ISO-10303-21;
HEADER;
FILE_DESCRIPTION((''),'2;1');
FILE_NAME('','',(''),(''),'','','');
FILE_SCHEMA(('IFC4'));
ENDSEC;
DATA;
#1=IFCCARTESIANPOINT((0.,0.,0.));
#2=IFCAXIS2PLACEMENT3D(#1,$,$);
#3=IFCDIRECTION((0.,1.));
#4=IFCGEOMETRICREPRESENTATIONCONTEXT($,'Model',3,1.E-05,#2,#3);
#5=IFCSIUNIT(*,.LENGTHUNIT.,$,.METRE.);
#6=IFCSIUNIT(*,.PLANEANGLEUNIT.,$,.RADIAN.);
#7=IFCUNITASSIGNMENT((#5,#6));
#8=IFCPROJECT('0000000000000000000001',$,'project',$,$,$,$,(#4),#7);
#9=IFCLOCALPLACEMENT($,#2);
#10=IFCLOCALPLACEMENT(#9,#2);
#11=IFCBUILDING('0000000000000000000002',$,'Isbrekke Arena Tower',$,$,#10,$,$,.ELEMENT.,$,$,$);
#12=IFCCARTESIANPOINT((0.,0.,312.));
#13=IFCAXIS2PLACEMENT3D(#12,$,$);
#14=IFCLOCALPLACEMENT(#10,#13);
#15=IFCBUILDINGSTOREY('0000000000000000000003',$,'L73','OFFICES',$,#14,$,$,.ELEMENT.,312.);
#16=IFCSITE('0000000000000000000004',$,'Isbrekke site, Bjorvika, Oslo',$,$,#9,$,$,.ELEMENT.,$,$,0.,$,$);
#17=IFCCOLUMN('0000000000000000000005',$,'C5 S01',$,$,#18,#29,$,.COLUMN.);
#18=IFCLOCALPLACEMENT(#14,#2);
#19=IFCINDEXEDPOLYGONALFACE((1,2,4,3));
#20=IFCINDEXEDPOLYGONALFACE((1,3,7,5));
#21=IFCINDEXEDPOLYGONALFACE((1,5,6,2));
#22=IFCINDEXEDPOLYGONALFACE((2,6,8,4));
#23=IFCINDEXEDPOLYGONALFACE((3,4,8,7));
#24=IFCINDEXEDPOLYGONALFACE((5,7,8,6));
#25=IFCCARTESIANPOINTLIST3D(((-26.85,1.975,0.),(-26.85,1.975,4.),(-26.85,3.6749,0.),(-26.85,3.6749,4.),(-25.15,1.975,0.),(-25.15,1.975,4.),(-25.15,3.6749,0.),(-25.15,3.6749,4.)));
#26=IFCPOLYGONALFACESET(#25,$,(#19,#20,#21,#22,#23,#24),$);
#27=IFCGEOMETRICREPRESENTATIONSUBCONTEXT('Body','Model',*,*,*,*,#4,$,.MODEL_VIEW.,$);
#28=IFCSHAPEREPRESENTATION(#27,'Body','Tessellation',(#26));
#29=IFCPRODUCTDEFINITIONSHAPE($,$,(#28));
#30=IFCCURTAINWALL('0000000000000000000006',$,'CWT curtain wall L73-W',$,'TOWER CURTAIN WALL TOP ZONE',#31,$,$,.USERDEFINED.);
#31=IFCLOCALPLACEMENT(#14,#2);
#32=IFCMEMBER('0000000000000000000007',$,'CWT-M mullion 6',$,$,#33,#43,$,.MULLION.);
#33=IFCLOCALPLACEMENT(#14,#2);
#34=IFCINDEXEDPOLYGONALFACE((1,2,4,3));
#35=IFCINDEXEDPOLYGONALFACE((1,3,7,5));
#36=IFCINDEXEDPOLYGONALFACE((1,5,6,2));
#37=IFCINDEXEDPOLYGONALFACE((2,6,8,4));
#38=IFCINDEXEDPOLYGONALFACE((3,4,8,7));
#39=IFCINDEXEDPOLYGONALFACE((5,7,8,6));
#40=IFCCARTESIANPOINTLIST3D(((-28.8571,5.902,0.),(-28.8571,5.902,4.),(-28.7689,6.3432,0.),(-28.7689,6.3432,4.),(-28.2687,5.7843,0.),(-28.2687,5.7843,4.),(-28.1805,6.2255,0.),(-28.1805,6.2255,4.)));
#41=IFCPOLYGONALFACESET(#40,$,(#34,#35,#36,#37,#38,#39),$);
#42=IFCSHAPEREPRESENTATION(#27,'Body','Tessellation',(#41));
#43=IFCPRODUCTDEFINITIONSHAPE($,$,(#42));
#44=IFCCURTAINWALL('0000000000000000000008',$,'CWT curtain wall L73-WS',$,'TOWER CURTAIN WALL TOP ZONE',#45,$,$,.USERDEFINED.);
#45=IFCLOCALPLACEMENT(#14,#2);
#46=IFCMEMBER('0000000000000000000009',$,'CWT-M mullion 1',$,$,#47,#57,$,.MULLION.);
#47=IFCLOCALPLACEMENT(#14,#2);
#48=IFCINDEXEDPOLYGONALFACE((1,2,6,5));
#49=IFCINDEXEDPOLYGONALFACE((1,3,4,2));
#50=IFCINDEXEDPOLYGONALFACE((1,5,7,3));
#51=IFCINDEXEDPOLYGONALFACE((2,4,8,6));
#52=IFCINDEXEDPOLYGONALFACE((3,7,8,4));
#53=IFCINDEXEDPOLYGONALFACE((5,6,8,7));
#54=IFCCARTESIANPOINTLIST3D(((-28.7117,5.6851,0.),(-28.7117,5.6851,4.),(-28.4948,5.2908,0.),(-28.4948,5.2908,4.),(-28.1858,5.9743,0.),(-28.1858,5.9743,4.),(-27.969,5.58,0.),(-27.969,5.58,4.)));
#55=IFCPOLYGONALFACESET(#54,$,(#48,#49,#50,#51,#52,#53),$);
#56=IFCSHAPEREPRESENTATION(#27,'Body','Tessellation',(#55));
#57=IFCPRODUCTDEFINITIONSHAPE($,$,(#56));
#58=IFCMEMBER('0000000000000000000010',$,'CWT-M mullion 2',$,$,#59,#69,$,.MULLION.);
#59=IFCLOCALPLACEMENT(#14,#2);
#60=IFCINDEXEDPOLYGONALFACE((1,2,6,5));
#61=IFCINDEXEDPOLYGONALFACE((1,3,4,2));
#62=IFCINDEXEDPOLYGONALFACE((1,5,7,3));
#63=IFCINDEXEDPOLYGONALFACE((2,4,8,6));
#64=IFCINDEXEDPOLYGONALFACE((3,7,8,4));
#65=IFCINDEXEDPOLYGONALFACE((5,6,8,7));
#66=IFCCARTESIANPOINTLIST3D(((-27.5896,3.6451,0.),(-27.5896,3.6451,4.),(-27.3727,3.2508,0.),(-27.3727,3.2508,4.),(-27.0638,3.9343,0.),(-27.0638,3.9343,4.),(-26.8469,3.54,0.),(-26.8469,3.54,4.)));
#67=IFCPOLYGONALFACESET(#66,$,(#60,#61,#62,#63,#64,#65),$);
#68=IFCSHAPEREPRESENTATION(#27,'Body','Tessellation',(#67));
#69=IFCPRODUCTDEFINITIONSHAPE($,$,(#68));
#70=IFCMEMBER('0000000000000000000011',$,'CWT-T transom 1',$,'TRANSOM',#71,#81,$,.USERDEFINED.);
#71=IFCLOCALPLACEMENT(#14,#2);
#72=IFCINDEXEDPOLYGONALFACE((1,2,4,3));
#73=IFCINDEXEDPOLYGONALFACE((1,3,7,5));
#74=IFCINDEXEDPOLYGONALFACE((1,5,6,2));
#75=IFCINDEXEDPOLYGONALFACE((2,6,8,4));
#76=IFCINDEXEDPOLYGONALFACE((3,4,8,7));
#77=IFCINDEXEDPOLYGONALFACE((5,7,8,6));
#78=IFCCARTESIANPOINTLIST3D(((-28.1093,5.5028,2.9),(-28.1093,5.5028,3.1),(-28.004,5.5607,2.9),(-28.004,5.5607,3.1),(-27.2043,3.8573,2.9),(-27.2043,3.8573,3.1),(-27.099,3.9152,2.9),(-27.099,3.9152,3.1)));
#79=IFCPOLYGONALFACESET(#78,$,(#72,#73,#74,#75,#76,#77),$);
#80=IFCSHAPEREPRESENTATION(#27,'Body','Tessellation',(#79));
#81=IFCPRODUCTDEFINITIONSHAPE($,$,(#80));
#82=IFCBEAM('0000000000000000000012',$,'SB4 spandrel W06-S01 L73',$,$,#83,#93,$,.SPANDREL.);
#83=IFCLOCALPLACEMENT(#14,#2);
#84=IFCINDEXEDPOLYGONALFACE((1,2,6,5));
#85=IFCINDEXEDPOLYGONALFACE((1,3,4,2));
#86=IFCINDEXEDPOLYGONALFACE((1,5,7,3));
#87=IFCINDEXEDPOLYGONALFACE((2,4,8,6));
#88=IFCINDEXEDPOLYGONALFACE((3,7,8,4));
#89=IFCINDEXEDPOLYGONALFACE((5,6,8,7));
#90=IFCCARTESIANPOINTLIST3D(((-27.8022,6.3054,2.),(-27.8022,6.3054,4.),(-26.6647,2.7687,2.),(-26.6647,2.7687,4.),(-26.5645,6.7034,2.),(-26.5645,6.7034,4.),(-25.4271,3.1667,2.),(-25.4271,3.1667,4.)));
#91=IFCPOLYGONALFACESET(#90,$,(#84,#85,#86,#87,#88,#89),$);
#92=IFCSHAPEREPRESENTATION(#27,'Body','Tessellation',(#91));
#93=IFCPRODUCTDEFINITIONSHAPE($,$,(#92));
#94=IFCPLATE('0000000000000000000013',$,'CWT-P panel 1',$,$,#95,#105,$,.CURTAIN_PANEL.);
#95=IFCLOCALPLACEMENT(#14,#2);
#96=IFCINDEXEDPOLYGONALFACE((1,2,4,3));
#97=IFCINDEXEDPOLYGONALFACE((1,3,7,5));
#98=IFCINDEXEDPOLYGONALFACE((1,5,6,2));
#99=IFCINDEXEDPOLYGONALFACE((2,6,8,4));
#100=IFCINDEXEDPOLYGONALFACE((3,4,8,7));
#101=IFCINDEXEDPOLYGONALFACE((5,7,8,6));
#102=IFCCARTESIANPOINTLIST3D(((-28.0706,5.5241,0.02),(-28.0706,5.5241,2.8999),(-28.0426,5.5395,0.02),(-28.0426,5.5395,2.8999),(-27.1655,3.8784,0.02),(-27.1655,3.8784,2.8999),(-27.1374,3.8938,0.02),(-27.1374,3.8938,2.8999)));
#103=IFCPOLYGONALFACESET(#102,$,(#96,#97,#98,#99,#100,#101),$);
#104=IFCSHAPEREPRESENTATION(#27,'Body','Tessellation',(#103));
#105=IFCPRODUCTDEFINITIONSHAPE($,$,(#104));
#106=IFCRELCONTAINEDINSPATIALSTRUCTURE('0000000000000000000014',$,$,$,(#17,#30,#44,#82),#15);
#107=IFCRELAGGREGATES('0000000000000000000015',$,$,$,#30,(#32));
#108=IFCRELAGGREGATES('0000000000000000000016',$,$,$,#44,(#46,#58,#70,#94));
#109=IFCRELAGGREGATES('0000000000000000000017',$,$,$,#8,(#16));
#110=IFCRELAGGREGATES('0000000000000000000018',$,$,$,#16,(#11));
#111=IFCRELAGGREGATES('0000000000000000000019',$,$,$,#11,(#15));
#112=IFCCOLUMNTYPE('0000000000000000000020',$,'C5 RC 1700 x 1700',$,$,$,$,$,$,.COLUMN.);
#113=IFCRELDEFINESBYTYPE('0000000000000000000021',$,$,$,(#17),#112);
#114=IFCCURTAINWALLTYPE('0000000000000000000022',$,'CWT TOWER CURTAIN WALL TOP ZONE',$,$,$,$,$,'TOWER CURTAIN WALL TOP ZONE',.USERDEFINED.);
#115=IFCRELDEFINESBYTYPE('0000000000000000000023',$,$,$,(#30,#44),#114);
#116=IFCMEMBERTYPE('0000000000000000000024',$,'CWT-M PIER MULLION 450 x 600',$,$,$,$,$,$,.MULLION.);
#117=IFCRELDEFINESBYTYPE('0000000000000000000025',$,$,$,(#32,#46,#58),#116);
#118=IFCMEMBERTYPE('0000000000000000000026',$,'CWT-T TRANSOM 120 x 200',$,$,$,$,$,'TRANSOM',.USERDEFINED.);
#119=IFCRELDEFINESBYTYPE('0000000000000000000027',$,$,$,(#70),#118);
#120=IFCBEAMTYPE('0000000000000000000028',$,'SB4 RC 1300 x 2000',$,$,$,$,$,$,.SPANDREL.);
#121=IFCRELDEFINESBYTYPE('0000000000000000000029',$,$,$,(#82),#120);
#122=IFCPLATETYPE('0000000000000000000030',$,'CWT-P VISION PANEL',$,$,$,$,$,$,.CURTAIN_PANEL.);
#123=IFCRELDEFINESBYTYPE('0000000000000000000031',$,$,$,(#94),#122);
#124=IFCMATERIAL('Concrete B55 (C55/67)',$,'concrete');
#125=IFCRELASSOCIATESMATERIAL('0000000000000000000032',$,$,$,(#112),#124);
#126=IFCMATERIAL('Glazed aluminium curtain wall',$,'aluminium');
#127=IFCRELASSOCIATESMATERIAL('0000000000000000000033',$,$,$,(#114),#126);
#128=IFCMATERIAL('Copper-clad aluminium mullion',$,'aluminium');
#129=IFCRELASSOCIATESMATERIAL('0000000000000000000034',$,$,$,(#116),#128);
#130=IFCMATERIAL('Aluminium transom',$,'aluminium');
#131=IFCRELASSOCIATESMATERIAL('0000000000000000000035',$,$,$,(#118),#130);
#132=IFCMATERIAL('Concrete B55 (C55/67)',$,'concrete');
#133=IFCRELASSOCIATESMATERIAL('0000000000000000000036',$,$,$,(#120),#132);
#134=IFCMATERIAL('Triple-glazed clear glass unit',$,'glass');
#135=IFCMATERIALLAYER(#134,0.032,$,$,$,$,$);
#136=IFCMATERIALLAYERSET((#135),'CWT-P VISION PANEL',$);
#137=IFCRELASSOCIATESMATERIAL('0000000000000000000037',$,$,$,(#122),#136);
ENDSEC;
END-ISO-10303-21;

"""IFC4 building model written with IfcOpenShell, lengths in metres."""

from ifc_helpers import new_model, si_unit, direction, frame, origin, origin_2d, place, context, subcontext, project, spatial, rectangle, extrude, material, layer, layer_set, material_profile, profile_set, type_object, element, aggregate, save


model = new_model("IFC4")

# Units and contexts
model_context = context("Model", 3, precision=1e-05, world=origin(), true_north=direction((0.0, 1.0)))
body_context = subcontext(model_context, "Body", "Model", "MODEL_VIEW")
ifc_project = project(units=[si_unit("LENGTHUNIT", "METRE"), si_unit("PLANEANGLEUNIT", "RADIAN")], contexts=[model_context])

# Site, building, storey
site_placement = place(None, origin())
site = spatial("IfcSite", under=ifc_project, at=site_placement, Name="Isbrekke site, Bjorvika, Oslo", CompositionType="ELEMENT", RefElevation=0.0)
building_placement = place(site_placement, origin())
building = spatial("IfcBuilding", under=site, at=building_placement, Name="Isbrekke Arena Tower", CompositionType="ELEMENT")
storey_placement = place(building_placement, frame((0.0, 0.0, 312.0)))
storey = spatial("IfcBuildingStorey", under=building, at=storey_placement, Name="L73", Description="OFFICES", CompositionType="ELEMENT", Elevation=312.0)

# Column
ifc_material_1 = material(Name="Concrete B55 (C55/67)", Category="concrete")
ifc_material_profile_1 = material_profile(ifc_material_1, rectangle(XDim=1.7, YDim=1.7, at=origin_2d()), Name="RC 1700x1700")
ifc_profile_set_1 = profile_set([ifc_material_profile_1], Name="Concrete B55 (C55/67)")
column_type = type_object("IfcColumnType", Name="C5 RC 1700 x 1700", PredefinedType="COLUMN", material=ifc_profile_set_1)
column_placement = place(storey_placement, frame((-26.0, 2.825, 0.0), z_axis=(0.0, 0.0, 1.0), x_axis=(1.0, 0.0, 0.0)))
element("IfcColumn", 1, at=column_placement, inside=storey, type_object=column_type, Name="C5 S01", PredefinedType="COLUMN", context=body_context, shape_type="SweptSolid", body=[
    extrude(rectangle(XDim=1.7, YDim=1.7, at=origin_2d()), origin(), (0.0, 0.0, 1.0), 4.0),
])

# Curtain wall, member
ifc_material_2 = material(Name="Glazed aluminium curtain wall", Category="aluminium")
curtain_wall_type = type_object("IfcCurtainWallType", Name="CWT TOWER CURTAIN WALL TOP ZONE", ElementType="TOWER CURTAIN WALL TOP ZONE", PredefinedType="USERDEFINED", material=ifc_material_2)
curtain_wall_1_placement = place(storey_placement, origin())
curtain_wall_1 = element("IfcCurtainWall", 2, at=curtain_wall_1_placement, inside=storey, type_object=curtain_wall_type, Name="CWT curtain wall L73-W", ObjectType="TOWER CURTAIN WALL TOP ZONE", PredefinedType="USERDEFINED")
ifc_material_3 = material(Name="Copper-clad aluminium mullion", Category="aluminium")
ifc_material_profile_2 = material_profile(ifc_material_3, rectangle(XDim=0.45, YDim=0.6001, at=origin_2d()), Name="PIER 450X600")
ifc_profile_set_2 = profile_set([ifc_material_profile_2], Name="Copper-clad aluminium mullion")
member_type_1 = type_object("IfcMemberType", Name="CWT-M PIER MULLION 450 x 600", PredefinedType="MULLION", material=ifc_profile_set_2)
member_1_placement = place(storey_placement, frame((-28.5188, 6.0637, 0.0), z_axis=(0.0, 0.0, 1.0), x_axis=(-0.196116, -0.980581, 0.0)))
member_1 = element("IfcMember", 3, at=member_1_placement, type_object=member_type_1, Name="CWT-M mullion 6", PredefinedType="MULLION", context=body_context, shape_type="SweptSolid", body=[
    extrude(rectangle(XDim=0.45, YDim=0.6001, at=origin_2d()), origin(), (0.0, 0.0, 1.0), 4.0),
])
aggregate(curtain_wall_1, [member_1])

# Curtain wall, members
curtain_wall_2_placement = place(storey_placement, origin())
curtain_wall_2 = element("IfcCurtainWall", 4, at=curtain_wall_2_placement, inside=storey, type_object=curtain_wall_type, Name="CWT curtain wall L73-WS", ObjectType="TOWER CURTAIN WALL TOP ZONE", PredefinedType="USERDEFINED")
member_2_placement = place(storey_placement, frame((-28.3403, 5.6326, 0.0), z_axis=(0.0, 0.0, 1.0), x_axis=(0.481919, -0.876216, 0.0)))
member_2 = element("IfcMember", 5, at=member_2_placement, type_object=member_type_1, Name="CWT-M mullion 1", PredefinedType="MULLION", context=body_context, shape_type="SweptSolid", body=[
    extrude(rectangle(XDim=0.45, YDim=0.6001, at=origin_2d()), origin(), (0.0, 0.0, 1.0), 4.0),
])
member_3_placement = place(storey_placement, frame((-27.2183, 3.5925, 0.0), z_axis=(0.0, 0.0, 1.0), x_axis=(0.481919, -0.876216, 0.0)))
member_3 = element("IfcMember", 6, at=member_3_placement, type_object=member_type_1, Name="CWT-M mullion 2", PredefinedType="MULLION", context=body_context, shape_type="SweptSolid", body=[
    extrude(rectangle(XDim=0.45, YDim=0.6001, at=origin_2d()), origin(), (0.0, 0.0, 1.0), 4.0),
])
ifc_material_4 = material(Name="Aluminium transom", Category="aluminium")
ifc_material_profile_3 = material_profile(ifc_material_4, rectangle(XDim=0.1201, YDim=0.2, at=origin_2d()), Name="TRANSOM 120X200")
ifc_profile_set_3 = profile_set([ifc_material_profile_3], Name="Aluminium transom")
member_type_2 = type_object("IfcMemberType", Name="CWT-T TRANSOM 120 x 200", ElementType="TRANSOM", PredefinedType="USERDEFINED", material=ifc_profile_set_3)
member_4_placement = place(storey_placement, frame((-28.0566, 5.5317, 3.0), z_axis=(0.481919, -0.876216, 0.0), x_axis=(0.876216, 0.481919, 0.0)))
member_4 = element("IfcMember", 7, at=member_4_placement, type_object=member_type_2, Name="CWT-T transom 1", ObjectType="TRANSOM", PredefinedType="USERDEFINED", context=body_context, shape_type="SweptSolid", body=[
    extrude(rectangle(XDim=0.1201, YDim=0.2, at=origin_2d()), origin(), (0.0, 0.0, 1.0), 1.8779),
])

# Beam
ifc_material_5 = material(Name="Concrete B55 (C55/67)", Category="concrete")
ifc_material_profile_4 = material_profile(ifc_material_5, rectangle(XDim=1.3, YDim=2.0, at=origin_2d()), Name="RC 1300x2000")
ifc_profile_set_4 = profile_set([ifc_material_profile_4], Name="Concrete B55 (C55/67)")
beam_type = type_object("IfcBeamType", Name="SB4 RC 1300 x 2000", PredefinedType="SPANDREL", material=ifc_profile_set_4)
beam_placement = place(storey_placement, frame((-27.1833, 6.5044, 3.0), z_axis=(0.306175, -0.951975, 0.0), x_axis=(0.951975, 0.306175, 0.0)))
element("IfcBeam", 8, at=beam_placement, inside=storey, type_object=beam_type, Name="SB4 spandrel W06-S01 L73", PredefinedType="SPANDREL", context=body_context, shape_type="SweptSolid", body=[
    extrude(rectangle(XDim=1.3, YDim=2.0, at=origin_2d()), origin(), (0.0, 0.0, 1.0), 3.7151),
])

# Plate
ifc_material_6 = material(Name="Triple-glazed clear glass unit", Category="glass")
ifc_layer_1 = layer(ifc_material_6, 0.032)
ifc_layer_set_1 = layer_set([ifc_layer_1], Name="CWT-P VISION PANEL")
plate_type = type_object("IfcPlateType", Name="CWT-P VISION PANEL", PredefinedType="CURTAIN_PANEL", material=ifc_layer_set_1)
plate_placement = place(storey_placement, frame((-27.604, 4.709, 0.02), z_axis=(0.0, 0.0, 1.0), x_axis=(0.481919, -0.876216, 0.0)))
plate = element("IfcPlate", 9, at=plate_placement, type_object=plate_type, Name="CWT-P panel 1", PredefinedType="CURTAIN_PANEL", context=body_context, shape_type="SweptSolid", body=[
    extrude(rectangle(XDim=1.8782, YDim=0.032, at=origin_2d()), origin(), (0.0, 0.0, 1.0), 2.8799),
])
aggregate(curtain_wall_2, [member_2, member_3, member_4, plate])

save(model, "model.ifc")
